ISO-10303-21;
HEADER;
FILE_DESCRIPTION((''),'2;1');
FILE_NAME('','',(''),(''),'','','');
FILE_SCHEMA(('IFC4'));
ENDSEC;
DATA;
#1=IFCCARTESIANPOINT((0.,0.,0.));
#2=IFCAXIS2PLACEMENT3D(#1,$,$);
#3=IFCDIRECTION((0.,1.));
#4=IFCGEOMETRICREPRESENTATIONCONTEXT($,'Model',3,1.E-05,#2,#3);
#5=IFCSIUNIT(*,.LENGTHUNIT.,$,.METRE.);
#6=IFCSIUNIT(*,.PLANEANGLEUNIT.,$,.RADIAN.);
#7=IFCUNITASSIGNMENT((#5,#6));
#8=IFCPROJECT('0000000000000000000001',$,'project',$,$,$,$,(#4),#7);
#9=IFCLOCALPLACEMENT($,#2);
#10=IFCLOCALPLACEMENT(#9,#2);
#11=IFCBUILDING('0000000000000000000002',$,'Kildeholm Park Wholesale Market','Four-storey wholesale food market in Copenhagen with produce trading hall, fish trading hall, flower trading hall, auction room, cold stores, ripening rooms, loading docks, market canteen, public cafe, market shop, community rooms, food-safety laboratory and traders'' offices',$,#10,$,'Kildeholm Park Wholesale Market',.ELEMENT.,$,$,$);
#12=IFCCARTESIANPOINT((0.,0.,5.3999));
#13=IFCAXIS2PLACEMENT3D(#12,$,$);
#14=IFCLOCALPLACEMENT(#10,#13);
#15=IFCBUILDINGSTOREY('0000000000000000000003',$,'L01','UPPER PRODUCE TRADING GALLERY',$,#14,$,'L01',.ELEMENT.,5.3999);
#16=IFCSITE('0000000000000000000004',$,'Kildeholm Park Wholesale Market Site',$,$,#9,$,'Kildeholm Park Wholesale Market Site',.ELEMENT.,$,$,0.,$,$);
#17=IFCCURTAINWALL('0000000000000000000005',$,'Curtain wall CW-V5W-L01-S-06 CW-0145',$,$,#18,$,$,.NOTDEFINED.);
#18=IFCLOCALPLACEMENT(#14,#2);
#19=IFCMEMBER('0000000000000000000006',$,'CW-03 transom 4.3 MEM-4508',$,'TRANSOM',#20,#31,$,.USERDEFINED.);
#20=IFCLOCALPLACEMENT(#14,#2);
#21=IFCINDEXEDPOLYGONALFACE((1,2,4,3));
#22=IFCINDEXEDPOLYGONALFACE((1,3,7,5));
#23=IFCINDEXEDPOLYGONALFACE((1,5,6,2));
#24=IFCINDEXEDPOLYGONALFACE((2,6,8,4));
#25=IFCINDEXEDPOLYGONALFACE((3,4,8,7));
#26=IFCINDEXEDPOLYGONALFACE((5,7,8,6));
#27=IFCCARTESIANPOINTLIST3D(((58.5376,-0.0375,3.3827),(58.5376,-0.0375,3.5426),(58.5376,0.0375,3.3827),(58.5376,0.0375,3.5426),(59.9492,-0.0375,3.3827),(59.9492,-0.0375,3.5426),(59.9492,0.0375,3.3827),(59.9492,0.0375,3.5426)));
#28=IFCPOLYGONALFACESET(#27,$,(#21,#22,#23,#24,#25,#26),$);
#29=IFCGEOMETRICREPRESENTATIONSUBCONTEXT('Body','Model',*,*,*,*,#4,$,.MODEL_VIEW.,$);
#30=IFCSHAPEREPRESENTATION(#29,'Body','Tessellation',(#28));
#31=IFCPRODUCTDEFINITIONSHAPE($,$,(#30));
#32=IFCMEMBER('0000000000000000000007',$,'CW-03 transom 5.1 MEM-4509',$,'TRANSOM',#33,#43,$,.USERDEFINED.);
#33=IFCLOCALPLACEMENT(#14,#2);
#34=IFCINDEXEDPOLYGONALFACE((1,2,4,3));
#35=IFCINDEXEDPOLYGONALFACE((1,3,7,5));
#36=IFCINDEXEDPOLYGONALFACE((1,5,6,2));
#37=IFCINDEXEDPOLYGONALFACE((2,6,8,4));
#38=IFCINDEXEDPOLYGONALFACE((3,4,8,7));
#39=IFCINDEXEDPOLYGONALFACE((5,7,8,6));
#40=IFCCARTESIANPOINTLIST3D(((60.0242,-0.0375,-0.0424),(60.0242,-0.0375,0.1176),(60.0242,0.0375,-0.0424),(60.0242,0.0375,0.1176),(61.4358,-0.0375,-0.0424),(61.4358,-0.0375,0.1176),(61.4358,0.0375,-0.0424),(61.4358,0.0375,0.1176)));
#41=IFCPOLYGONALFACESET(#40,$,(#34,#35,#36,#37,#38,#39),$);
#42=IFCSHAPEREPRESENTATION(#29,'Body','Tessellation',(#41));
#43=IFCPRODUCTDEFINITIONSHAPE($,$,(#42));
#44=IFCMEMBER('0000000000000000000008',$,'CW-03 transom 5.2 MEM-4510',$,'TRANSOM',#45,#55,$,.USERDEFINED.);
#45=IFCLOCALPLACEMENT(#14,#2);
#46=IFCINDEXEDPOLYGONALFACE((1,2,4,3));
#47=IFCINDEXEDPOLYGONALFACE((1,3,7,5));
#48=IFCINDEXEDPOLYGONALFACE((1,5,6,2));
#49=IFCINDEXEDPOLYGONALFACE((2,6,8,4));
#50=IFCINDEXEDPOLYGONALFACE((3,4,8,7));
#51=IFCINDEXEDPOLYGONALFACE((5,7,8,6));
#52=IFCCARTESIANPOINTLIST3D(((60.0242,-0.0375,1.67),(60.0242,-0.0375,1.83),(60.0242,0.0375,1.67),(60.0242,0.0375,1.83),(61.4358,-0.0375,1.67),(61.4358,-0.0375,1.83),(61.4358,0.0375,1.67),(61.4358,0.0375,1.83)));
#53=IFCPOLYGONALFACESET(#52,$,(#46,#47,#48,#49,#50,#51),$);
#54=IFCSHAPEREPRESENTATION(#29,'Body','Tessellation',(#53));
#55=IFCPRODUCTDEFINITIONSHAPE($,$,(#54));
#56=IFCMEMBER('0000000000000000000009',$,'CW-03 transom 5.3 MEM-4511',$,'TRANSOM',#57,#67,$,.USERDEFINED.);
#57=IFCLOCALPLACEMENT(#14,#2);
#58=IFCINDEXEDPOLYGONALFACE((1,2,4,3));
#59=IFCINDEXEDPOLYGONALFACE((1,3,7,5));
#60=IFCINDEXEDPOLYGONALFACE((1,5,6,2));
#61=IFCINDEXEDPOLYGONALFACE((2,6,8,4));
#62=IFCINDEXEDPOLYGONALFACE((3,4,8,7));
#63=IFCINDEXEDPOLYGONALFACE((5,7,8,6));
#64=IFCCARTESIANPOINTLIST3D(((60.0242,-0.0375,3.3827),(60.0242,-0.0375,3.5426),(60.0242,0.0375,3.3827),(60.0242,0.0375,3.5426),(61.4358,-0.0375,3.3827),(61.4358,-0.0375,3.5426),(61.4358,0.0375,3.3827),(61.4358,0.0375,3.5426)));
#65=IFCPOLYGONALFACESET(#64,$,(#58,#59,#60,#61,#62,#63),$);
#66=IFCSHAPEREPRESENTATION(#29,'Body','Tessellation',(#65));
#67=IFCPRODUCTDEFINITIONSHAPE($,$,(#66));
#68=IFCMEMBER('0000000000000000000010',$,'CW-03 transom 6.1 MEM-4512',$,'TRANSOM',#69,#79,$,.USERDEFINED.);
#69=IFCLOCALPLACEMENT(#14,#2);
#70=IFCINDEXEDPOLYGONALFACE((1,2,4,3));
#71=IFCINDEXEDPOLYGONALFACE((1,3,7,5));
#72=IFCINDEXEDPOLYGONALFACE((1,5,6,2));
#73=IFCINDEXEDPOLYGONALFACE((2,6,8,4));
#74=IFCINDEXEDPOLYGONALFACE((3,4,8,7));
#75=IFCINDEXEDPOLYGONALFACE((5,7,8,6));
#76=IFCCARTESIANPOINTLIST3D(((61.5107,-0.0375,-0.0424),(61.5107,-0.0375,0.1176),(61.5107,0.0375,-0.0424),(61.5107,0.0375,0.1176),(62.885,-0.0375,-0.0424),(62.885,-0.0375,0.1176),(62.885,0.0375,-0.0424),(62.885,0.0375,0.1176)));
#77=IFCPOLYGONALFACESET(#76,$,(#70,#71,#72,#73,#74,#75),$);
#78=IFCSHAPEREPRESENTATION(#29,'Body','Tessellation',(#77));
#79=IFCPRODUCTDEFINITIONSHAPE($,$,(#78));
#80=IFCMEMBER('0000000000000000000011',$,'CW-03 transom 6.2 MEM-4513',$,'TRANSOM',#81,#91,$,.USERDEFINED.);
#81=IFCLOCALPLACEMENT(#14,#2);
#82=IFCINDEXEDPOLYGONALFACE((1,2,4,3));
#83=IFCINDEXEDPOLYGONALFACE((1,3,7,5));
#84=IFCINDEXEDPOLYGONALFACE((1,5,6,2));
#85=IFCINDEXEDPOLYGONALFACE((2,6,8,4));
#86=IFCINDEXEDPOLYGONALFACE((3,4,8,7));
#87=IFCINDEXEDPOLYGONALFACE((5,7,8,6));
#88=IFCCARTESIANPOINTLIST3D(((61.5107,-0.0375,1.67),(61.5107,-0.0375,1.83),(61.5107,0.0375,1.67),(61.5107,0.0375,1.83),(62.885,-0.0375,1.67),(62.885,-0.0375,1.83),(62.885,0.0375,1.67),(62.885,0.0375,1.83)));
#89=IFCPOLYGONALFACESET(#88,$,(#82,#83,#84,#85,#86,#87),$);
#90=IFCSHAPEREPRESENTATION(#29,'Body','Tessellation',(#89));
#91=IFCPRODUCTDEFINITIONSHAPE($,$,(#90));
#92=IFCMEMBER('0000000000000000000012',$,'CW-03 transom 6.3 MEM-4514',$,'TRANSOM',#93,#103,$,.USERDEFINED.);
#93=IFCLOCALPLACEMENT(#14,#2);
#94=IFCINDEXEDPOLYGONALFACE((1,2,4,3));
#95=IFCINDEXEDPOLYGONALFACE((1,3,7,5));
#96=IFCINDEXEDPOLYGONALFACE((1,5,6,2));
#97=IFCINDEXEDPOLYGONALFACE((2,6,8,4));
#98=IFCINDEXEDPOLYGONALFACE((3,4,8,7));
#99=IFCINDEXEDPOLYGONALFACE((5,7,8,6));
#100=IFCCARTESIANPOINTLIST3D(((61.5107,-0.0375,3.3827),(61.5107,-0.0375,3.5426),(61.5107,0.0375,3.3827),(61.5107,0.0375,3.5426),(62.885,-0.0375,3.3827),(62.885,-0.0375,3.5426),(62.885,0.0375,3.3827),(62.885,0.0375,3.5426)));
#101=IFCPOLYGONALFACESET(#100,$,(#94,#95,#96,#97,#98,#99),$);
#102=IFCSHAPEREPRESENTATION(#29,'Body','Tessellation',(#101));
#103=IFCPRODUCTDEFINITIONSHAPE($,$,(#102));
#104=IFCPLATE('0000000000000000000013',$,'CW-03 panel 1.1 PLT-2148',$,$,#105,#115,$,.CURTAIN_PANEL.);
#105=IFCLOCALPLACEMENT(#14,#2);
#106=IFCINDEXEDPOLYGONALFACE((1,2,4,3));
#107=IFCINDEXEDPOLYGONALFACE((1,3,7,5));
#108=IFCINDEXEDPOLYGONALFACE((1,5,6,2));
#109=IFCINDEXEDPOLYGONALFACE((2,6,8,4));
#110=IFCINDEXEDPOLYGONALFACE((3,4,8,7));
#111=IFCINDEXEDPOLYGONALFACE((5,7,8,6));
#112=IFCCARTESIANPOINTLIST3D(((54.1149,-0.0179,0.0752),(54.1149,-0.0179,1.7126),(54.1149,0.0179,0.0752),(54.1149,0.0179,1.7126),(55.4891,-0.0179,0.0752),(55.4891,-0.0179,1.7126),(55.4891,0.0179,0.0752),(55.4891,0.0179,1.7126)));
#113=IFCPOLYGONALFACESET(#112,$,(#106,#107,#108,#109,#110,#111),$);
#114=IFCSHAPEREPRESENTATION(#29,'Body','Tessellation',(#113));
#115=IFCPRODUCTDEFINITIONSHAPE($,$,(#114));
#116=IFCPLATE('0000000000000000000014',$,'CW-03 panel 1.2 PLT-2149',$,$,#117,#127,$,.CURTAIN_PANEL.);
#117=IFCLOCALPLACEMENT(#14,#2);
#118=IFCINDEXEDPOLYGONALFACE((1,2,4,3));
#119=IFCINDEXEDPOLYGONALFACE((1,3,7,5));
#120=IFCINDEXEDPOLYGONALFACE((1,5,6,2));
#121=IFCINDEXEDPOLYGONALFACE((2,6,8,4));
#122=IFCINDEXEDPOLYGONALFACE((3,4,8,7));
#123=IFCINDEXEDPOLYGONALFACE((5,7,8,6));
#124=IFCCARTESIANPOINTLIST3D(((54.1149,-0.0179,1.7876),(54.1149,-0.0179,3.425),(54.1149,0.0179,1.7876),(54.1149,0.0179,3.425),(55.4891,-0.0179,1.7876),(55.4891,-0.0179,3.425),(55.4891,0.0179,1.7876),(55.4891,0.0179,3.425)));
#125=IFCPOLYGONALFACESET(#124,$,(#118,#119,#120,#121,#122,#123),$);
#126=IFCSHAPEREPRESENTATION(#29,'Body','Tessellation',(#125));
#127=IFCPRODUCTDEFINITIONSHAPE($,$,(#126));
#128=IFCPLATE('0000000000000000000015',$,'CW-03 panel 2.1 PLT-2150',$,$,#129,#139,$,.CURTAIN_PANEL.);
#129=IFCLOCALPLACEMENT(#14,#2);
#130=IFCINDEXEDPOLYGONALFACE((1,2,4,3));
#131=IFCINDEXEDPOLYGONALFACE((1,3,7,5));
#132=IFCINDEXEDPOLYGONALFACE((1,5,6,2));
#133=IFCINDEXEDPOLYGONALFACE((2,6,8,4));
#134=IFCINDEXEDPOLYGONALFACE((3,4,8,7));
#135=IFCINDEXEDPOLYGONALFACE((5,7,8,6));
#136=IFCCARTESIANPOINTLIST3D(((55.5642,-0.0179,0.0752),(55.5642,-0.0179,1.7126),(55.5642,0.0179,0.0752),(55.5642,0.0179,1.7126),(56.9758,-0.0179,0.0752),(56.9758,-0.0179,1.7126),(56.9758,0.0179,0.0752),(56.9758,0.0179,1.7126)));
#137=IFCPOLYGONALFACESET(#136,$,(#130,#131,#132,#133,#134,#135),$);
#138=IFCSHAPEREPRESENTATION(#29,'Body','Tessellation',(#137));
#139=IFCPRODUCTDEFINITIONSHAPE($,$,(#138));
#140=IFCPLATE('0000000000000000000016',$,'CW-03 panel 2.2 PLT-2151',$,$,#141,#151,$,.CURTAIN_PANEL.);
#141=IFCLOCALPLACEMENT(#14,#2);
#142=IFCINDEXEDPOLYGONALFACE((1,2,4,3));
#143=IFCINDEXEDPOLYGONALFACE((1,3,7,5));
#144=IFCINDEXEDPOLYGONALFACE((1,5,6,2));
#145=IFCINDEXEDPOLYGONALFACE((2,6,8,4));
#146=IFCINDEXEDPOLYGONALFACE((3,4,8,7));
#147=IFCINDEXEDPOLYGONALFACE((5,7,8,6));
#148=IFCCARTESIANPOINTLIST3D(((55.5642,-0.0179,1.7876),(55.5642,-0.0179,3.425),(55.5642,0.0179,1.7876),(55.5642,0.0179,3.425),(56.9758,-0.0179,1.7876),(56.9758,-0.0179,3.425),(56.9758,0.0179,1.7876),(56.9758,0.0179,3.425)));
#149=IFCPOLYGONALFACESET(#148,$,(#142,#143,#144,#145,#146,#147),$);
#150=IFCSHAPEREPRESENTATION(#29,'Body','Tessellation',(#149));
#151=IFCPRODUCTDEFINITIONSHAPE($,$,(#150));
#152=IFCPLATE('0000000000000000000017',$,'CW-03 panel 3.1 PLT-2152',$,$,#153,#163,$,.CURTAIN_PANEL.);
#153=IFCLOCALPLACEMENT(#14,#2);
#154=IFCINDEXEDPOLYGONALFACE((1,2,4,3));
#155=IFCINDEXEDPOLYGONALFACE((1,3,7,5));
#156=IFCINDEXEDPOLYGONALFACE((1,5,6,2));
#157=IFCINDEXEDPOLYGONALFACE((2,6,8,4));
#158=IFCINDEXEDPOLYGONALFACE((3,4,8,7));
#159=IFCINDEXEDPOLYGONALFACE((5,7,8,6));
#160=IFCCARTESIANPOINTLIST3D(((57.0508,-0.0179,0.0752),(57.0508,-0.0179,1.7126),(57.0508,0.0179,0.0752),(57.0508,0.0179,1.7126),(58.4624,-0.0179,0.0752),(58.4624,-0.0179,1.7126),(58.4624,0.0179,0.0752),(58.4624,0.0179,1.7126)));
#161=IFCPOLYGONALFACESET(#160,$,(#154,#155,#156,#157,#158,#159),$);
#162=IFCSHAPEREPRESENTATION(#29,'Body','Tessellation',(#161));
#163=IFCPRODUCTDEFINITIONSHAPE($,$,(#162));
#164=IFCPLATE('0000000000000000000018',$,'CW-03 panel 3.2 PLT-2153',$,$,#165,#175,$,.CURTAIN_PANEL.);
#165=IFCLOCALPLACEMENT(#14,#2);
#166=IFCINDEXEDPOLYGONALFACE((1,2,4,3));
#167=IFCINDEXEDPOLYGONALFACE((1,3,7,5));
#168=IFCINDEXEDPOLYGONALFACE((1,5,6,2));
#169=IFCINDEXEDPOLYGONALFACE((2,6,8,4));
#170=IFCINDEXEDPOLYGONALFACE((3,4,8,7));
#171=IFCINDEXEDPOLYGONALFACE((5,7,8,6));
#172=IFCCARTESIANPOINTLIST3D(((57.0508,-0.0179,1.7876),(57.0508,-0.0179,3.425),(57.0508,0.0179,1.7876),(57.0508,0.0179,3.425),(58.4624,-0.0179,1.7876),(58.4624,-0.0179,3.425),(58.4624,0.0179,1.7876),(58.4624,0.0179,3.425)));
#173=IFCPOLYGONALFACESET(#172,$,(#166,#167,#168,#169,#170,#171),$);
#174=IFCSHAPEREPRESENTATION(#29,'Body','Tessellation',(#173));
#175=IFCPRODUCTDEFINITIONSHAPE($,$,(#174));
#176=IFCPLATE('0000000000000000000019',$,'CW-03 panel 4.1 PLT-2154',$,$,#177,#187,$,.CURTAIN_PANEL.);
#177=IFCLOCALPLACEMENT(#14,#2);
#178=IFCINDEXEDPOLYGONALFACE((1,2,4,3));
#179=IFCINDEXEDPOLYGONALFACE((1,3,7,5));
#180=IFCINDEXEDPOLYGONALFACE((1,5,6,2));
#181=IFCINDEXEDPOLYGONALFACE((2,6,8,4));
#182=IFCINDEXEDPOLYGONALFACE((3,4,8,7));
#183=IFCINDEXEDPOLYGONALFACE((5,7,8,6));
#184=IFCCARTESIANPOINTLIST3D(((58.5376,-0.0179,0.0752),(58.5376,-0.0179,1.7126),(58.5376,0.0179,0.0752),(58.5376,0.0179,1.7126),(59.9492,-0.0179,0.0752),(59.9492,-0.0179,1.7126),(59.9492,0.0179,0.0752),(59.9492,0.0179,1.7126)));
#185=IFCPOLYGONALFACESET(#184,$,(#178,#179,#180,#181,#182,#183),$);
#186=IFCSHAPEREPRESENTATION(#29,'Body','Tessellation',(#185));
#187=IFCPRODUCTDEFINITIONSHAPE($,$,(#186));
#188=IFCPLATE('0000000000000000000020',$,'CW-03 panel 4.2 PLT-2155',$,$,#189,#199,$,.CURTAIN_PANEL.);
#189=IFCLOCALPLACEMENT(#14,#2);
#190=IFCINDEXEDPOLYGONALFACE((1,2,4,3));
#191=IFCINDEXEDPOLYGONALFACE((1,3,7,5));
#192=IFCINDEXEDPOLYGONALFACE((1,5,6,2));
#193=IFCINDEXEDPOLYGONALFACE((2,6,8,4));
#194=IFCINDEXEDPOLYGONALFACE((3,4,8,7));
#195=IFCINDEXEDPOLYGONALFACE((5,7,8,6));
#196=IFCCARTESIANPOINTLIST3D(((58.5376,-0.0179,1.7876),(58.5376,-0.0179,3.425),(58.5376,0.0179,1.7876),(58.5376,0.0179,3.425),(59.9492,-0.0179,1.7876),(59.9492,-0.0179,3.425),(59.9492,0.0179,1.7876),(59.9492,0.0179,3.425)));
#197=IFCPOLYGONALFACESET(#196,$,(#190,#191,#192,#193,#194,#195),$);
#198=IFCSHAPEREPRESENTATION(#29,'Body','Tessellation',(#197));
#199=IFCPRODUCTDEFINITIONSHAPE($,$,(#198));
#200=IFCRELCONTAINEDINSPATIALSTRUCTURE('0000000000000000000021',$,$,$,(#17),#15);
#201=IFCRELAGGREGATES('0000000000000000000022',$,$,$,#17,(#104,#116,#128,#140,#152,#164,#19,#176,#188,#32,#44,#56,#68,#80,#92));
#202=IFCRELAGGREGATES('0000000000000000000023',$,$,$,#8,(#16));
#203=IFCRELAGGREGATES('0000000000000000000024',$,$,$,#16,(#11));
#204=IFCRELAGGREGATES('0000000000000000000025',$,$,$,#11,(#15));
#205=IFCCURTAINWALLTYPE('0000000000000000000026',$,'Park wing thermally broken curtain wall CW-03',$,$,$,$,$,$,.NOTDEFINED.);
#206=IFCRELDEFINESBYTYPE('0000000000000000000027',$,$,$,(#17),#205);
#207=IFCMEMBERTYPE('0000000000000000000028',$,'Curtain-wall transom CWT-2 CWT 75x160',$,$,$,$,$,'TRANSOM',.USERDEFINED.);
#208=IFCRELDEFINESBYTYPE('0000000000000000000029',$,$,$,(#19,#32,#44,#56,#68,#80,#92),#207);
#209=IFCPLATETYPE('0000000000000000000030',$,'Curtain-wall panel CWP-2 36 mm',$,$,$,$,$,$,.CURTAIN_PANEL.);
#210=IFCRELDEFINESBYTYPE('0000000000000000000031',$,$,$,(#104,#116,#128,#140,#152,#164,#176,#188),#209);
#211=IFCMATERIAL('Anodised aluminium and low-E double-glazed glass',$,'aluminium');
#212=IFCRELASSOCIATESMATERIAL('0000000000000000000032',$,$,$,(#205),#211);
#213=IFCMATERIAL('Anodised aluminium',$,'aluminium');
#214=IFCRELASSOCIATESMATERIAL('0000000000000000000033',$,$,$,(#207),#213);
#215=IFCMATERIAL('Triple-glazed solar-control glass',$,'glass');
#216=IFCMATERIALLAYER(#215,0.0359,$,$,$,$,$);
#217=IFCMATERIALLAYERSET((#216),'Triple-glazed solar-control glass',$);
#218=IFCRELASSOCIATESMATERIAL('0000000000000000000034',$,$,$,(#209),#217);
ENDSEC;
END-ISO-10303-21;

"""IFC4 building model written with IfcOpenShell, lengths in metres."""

from ifc_helpers import new_model, si_unit, direction, frame, origin, origin_2d, place, context, subcontext, project, spatial, rectangle, extrude, material, layer, layer_set, material_profile, profile_set, type_object, element, aggregate, save


model = new_model("IFC4")

# Units and contexts
model_context = context("Model", 3, precision=1e-05, world=origin(), true_north=direction((0.0, 1.0)))
body_context = subcontext(model_context, "Body", "Model", "MODEL_VIEW")
ifc_project = project(units=[si_unit("LENGTHUNIT", "METRE"), si_unit("PLANEANGLEUNIT", "RADIAN")], contexts=[model_context])

# Site, building, storey
site_placement = place(None, origin())
site = spatial("IfcSite", under=ifc_project, at=site_placement, Name="Kildeholm Park Wholesale Market Site", LongName="Kildeholm Park Wholesale Market Site", CompositionType="ELEMENT", RefElevation=0.0)
building_placement = place(site_placement, origin())
building = spatial("IfcBuilding", under=site, at=building_placement, Name="Kildeholm Park Wholesale Market", Description="Four-storey wholesale food market in Copenhagen with produce trading hall, fish trading hall, flower trading hall, auction room, cold stores, ripening rooms, loading docks, market canteen, public cafe, market shop, community rooms, food-safety laboratory and traders' offices", LongName="Kildeholm Park Wholesale Market", CompositionType="ELEMENT")
storey_placement = place(building_placement, frame((0.0, 0.0, 5.3999)))
storey = spatial("IfcBuildingStorey", under=building, at=storey_placement, Name="L01", Description="UPPER PRODUCE TRADING GALLERY", LongName="L01", CompositionType="ELEMENT", Elevation=5.3999)

# Curtain wall, members, plates
ifc_material_1 = material(Name="Anodised aluminium and low-E double-glazed glass", Category="aluminium")
curtain_wall_type = type_object("IfcCurtainWallType", Name="Park wing thermally broken curtain wall CW-03", PredefinedType="NOTDEFINED", material=ifc_material_1)
curtain_wall_placement = place(storey_placement, origin())
curtain_wall = element("IfcCurtainWall", 1, at=curtain_wall_placement, inside=storey, type_object=curtain_wall_type, Name="Curtain wall CW-V5W-L01-S-06 CW-0145", PredefinedType="NOTDEFINED")
ifc_material_2 = material(Name="Anodised aluminium", Category="aluminium")
ifc_material_profile_1 = material_profile(ifc_material_2, rectangle(XDim=0.075, YDim=0.1599, at=origin_2d()), Name="CWT 75x160")
ifc_profile_set_1 = profile_set([ifc_material_profile_1], Name="Anodised aluminium")
member_type_1 = type_object("IfcMemberType", Name="Curtain-wall transom CWT-2 CWT 75x160", ElementType="TRANSOM", PredefinedType="USERDEFINED", material=ifc_profile_set_1)
member_1_placement = place(storey_placement, frame((58.5376, 0.0, 3.4626), z_axis=(1.0, 0.0, 0.0), x_axis=(0.0, 1.0, 0.0)))
member_1 = element("IfcMember", 2, at=member_1_placement, type_object=member_type_1, Name="CW-03 transom 4.3 MEM-4508", ObjectType="TRANSOM", PredefinedType="USERDEFINED", context=body_context, shape_type="SweptSolid", body=[
    extrude(rectangle(XDim=0.075, YDim=0.1599, at=origin_2d()), origin(), (0.0, 0.0, 1.0), 1.4116),
])
member_2_placement = place(storey_placement, frame((60.0242, 0.0, 0.0376), z_axis=(1.0, 0.0, 0.0), x_axis=(0.0, 1.0, 0.0)))
member_2 = element("IfcMember", 3, at=member_2_placement, type_object=member_type_1, Name="CW-03 transom 5.1 MEM-4509", ObjectType="TRANSOM", PredefinedType="USERDEFINED", context=body_context, shape_type="SweptSolid", body=[
    extrude(rectangle(XDim=0.075, YDim=0.1599, at=origin_2d()), origin(), (0.0, 0.0, 1.0), 1.4116),
])
member_3_placement = place(storey_placement, frame((60.0242, 0.0, 1.75), z_axis=(1.0, 0.0, 0.0), x_axis=(0.0, 1.0, 0.0)))
member_3 = element("IfcMember", 4, at=member_3_placement, type_object=member_type_1, Name="CW-03 transom 5.2 MEM-4510", ObjectType="TRANSOM", PredefinedType="USERDEFINED", context=body_context, shape_type="SweptSolid", body=[
    extrude(rectangle(XDim=0.075, YDim=0.1599, at=origin_2d()), origin(), (0.0, 0.0, 1.0), 1.4116),
])
member_4_placement = place(storey_placement, frame((60.0242, 0.0, 3.4626), z_axis=(1.0, 0.0, 0.0), x_axis=(0.0, 1.0, 0.0)))
member_4 = element("IfcMember", 5, at=member_4_placement, type_object=member_type_1, Name="CW-03 transom 5.3 MEM-4511", ObjectType="TRANSOM", PredefinedType="USERDEFINED", context=body_context, shape_type="SweptSolid", body=[
    extrude(rectangle(XDim=0.075, YDim=0.1599, at=origin_2d()), origin(), (0.0, 0.0, 1.0), 1.4116),
])
member_5_placement = place(storey_placement, frame((61.5107, 0.0, 0.0376), z_axis=(1.0, 0.0, 0.0), x_axis=(0.0, 1.0, 0.0)))
member_5 = element("IfcMember", 6, at=member_5_placement, type_object=member_type_1, Name="CW-03 transom 6.1 MEM-4512", ObjectType="TRANSOM", PredefinedType="USERDEFINED", context=body_context, shape_type="SweptSolid", body=[
    extrude(rectangle(XDim=0.075, YDim=0.1599, at=origin_2d()), origin(), (0.0, 0.0, 1.0), 1.3743),
])
member_6_placement = place(storey_placement, frame((61.5107, 0.0, 1.75), z_axis=(1.0, 0.0, 0.0), x_axis=(0.0, 1.0, 0.0)))
member_6 = element("IfcMember", 7, at=member_6_placement, type_object=member_type_1, Name="CW-03 transom 6.2 MEM-4513", ObjectType="TRANSOM", PredefinedType="USERDEFINED", context=body_context, shape_type="SweptSolid", body=[
    extrude(rectangle(XDim=0.075, YDim=0.1599, at=origin_2d()), origin(), (0.0, 0.0, 1.0), 1.3743),
])
member_7_placement = place(storey_placement, frame((61.5107, 0.0, 3.4626), z_axis=(1.0, 0.0, 0.0), x_axis=(0.0, 1.0, 0.0)))
member_7 = element("IfcMember", 8, at=member_7_placement, type_object=member_type_1, Name="CW-03 transom 6.3 MEM-4514", ObjectType="TRANSOM", PredefinedType="USERDEFINED", context=body_context, shape_type="SweptSolid", body=[
    extrude(rectangle(XDim=0.075, YDim=0.1599, at=origin_2d()), origin(), (0.0, 0.0, 1.0), 1.3743),
])
ifc_material_3 = material(Name="Triple-glazed solar-control glass", Category="glass")
ifc_layer_1 = layer(ifc_material_3, 0.0359)
ifc_layer_set_1 = layer_set([ifc_layer_1], Name="Triple-glazed solar-control glass")
plate_type = type_object("IfcPlateType", Name="Curtain-wall panel CWP-2 36 mm", PredefinedType="CURTAIN_PANEL", material=ifc_layer_set_1)
plate_1_placement = place(storey_placement, frame((54.802, 0.0, 0.0752), z_axis=(0.0, 0.0, 1.0), x_axis=(1.0, 0.0, 0.0)))
plate_1 = element("IfcPlate", 9, at=plate_1_placement, type_object=plate_type, Name="CW-03 panel 1.1 PLT-2148", PredefinedType="CURTAIN_PANEL", context=body_context, shape_type="SweptSolid", body=[
    extrude(rectangle(XDim=1.3743, YDim=0.0359, at=origin_2d()), origin(), (0.0, 0.0, 1.0), 1.6375),
])
plate_2_placement = place(storey_placement, frame((54.802, 0.0, 1.7876), z_axis=(0.0, 0.0, 1.0), x_axis=(1.0, 0.0, 0.0)))
plate_2 = element("IfcPlate", 10, at=plate_2_placement, type_object=plate_type, Name="CW-03 panel 1.2 PLT-2149", PredefinedType="CURTAIN_PANEL", context=body_context, shape_type="SweptSolid", body=[
    extrude(rectangle(XDim=1.3743, YDim=0.0359, at=origin_2d()), origin(), (0.0, 0.0, 1.0), 1.6375),
])
plate_3_placement = place(storey_placement, frame((56.27, 0.0, 0.0752), z_axis=(0.0, 0.0, 1.0), x_axis=(1.0, 0.0, 0.0)))
plate_3 = element("IfcPlate", 11, at=plate_3_placement, type_object=plate_type, Name="CW-03 panel 2.1 PLT-2150", PredefinedType="CURTAIN_PANEL", context=body_context, shape_type="SweptSolid", body=[
    extrude(rectangle(XDim=1.4116, YDim=0.0359, at=origin_2d()), origin(), (0.0, 0.0, 1.0), 1.6375),
])
plate_4_placement = place(storey_placement, frame((56.27, 0.0, 1.7876), z_axis=(0.0, 0.0, 1.0), x_axis=(1.0, 0.0, 0.0)))
plate_4 = element("IfcPlate", 12, at=plate_4_placement, type_object=plate_type, Name="CW-03 panel 2.2 PLT-2151", PredefinedType="CURTAIN_PANEL", context=body_context, shape_type="SweptSolid", body=[
    extrude(rectangle(XDim=1.4116, YDim=0.0359, at=origin_2d()), origin(), (0.0, 0.0, 1.0), 1.6375),
])
plate_5_placement = place(storey_placement, frame((57.7566, 0.0, 0.0752), z_axis=(0.0, 0.0, 1.0), x_axis=(1.0, 0.0, 0.0)))
plate_5 = element("IfcPlate", 13, at=plate_5_placement, type_object=plate_type, Name="CW-03 panel 3.1 PLT-2152", PredefinedType="CURTAIN_PANEL", context=body_context, shape_type="SweptSolid", body=[
    extrude(rectangle(XDim=1.4116, YDim=0.0359, at=origin_2d()), origin(), (0.0, 0.0, 1.0), 1.6375),
])
plate_6_placement = place(storey_placement, frame((57.7566, 0.0, 1.7876), z_axis=(0.0, 0.0, 1.0), x_axis=(1.0, 0.0, 0.0)))
plate_6 = element("IfcPlate", 14, at=plate_6_placement, type_object=plate_type, Name="CW-03 panel 3.2 PLT-2153", PredefinedType="CURTAIN_PANEL", context=body_context, shape_type="SweptSolid", body=[
    extrude(rectangle(XDim=1.4116, YDim=0.0359, at=origin_2d()), origin(), (0.0, 0.0, 1.0), 1.6375),
])
plate_7_placement = place(storey_placement, frame((59.2434, 0.0, 0.0752), z_axis=(0.0, 0.0, 1.0), x_axis=(1.0, 0.0, 0.0)))
plate_7 = element("IfcPlate", 15, at=plate_7_placement, type_object=plate_type, Name="CW-03 panel 4.1 PLT-2154", PredefinedType="CURTAIN_PANEL", context=body_context, shape_type="SweptSolid", body=[
    extrude(rectangle(XDim=1.4116, YDim=0.0359, at=origin_2d()), origin(), (0.0, 0.0, 1.0), 1.6375),
])
plate_8_placement = place(storey_placement, frame((59.2434, 0.0, 1.7876), z_axis=(0.0, 0.0, 1.0), x_axis=(1.0, 0.0, 0.0)))
plate_8 = element("IfcPlate", 16, at=plate_8_placement, type_object=plate_type, Name="CW-03 panel 4.2 PLT-2155", PredefinedType="CURTAIN_PANEL", context=body_context, shape_type="SweptSolid", body=[
    extrude(rectangle(XDim=1.4116, YDim=0.0359, at=origin_2d()), origin(), (0.0, 0.0, 1.0), 1.6375),
])
aggregate(curtain_wall, [plate_1, plate_2, plate_3, plate_4, plate_5, plate_6, member_1, plate_7, plate_8, member_2, member_3, member_4, member_5, member_6, member_7])

save(model, "model.ifc")
